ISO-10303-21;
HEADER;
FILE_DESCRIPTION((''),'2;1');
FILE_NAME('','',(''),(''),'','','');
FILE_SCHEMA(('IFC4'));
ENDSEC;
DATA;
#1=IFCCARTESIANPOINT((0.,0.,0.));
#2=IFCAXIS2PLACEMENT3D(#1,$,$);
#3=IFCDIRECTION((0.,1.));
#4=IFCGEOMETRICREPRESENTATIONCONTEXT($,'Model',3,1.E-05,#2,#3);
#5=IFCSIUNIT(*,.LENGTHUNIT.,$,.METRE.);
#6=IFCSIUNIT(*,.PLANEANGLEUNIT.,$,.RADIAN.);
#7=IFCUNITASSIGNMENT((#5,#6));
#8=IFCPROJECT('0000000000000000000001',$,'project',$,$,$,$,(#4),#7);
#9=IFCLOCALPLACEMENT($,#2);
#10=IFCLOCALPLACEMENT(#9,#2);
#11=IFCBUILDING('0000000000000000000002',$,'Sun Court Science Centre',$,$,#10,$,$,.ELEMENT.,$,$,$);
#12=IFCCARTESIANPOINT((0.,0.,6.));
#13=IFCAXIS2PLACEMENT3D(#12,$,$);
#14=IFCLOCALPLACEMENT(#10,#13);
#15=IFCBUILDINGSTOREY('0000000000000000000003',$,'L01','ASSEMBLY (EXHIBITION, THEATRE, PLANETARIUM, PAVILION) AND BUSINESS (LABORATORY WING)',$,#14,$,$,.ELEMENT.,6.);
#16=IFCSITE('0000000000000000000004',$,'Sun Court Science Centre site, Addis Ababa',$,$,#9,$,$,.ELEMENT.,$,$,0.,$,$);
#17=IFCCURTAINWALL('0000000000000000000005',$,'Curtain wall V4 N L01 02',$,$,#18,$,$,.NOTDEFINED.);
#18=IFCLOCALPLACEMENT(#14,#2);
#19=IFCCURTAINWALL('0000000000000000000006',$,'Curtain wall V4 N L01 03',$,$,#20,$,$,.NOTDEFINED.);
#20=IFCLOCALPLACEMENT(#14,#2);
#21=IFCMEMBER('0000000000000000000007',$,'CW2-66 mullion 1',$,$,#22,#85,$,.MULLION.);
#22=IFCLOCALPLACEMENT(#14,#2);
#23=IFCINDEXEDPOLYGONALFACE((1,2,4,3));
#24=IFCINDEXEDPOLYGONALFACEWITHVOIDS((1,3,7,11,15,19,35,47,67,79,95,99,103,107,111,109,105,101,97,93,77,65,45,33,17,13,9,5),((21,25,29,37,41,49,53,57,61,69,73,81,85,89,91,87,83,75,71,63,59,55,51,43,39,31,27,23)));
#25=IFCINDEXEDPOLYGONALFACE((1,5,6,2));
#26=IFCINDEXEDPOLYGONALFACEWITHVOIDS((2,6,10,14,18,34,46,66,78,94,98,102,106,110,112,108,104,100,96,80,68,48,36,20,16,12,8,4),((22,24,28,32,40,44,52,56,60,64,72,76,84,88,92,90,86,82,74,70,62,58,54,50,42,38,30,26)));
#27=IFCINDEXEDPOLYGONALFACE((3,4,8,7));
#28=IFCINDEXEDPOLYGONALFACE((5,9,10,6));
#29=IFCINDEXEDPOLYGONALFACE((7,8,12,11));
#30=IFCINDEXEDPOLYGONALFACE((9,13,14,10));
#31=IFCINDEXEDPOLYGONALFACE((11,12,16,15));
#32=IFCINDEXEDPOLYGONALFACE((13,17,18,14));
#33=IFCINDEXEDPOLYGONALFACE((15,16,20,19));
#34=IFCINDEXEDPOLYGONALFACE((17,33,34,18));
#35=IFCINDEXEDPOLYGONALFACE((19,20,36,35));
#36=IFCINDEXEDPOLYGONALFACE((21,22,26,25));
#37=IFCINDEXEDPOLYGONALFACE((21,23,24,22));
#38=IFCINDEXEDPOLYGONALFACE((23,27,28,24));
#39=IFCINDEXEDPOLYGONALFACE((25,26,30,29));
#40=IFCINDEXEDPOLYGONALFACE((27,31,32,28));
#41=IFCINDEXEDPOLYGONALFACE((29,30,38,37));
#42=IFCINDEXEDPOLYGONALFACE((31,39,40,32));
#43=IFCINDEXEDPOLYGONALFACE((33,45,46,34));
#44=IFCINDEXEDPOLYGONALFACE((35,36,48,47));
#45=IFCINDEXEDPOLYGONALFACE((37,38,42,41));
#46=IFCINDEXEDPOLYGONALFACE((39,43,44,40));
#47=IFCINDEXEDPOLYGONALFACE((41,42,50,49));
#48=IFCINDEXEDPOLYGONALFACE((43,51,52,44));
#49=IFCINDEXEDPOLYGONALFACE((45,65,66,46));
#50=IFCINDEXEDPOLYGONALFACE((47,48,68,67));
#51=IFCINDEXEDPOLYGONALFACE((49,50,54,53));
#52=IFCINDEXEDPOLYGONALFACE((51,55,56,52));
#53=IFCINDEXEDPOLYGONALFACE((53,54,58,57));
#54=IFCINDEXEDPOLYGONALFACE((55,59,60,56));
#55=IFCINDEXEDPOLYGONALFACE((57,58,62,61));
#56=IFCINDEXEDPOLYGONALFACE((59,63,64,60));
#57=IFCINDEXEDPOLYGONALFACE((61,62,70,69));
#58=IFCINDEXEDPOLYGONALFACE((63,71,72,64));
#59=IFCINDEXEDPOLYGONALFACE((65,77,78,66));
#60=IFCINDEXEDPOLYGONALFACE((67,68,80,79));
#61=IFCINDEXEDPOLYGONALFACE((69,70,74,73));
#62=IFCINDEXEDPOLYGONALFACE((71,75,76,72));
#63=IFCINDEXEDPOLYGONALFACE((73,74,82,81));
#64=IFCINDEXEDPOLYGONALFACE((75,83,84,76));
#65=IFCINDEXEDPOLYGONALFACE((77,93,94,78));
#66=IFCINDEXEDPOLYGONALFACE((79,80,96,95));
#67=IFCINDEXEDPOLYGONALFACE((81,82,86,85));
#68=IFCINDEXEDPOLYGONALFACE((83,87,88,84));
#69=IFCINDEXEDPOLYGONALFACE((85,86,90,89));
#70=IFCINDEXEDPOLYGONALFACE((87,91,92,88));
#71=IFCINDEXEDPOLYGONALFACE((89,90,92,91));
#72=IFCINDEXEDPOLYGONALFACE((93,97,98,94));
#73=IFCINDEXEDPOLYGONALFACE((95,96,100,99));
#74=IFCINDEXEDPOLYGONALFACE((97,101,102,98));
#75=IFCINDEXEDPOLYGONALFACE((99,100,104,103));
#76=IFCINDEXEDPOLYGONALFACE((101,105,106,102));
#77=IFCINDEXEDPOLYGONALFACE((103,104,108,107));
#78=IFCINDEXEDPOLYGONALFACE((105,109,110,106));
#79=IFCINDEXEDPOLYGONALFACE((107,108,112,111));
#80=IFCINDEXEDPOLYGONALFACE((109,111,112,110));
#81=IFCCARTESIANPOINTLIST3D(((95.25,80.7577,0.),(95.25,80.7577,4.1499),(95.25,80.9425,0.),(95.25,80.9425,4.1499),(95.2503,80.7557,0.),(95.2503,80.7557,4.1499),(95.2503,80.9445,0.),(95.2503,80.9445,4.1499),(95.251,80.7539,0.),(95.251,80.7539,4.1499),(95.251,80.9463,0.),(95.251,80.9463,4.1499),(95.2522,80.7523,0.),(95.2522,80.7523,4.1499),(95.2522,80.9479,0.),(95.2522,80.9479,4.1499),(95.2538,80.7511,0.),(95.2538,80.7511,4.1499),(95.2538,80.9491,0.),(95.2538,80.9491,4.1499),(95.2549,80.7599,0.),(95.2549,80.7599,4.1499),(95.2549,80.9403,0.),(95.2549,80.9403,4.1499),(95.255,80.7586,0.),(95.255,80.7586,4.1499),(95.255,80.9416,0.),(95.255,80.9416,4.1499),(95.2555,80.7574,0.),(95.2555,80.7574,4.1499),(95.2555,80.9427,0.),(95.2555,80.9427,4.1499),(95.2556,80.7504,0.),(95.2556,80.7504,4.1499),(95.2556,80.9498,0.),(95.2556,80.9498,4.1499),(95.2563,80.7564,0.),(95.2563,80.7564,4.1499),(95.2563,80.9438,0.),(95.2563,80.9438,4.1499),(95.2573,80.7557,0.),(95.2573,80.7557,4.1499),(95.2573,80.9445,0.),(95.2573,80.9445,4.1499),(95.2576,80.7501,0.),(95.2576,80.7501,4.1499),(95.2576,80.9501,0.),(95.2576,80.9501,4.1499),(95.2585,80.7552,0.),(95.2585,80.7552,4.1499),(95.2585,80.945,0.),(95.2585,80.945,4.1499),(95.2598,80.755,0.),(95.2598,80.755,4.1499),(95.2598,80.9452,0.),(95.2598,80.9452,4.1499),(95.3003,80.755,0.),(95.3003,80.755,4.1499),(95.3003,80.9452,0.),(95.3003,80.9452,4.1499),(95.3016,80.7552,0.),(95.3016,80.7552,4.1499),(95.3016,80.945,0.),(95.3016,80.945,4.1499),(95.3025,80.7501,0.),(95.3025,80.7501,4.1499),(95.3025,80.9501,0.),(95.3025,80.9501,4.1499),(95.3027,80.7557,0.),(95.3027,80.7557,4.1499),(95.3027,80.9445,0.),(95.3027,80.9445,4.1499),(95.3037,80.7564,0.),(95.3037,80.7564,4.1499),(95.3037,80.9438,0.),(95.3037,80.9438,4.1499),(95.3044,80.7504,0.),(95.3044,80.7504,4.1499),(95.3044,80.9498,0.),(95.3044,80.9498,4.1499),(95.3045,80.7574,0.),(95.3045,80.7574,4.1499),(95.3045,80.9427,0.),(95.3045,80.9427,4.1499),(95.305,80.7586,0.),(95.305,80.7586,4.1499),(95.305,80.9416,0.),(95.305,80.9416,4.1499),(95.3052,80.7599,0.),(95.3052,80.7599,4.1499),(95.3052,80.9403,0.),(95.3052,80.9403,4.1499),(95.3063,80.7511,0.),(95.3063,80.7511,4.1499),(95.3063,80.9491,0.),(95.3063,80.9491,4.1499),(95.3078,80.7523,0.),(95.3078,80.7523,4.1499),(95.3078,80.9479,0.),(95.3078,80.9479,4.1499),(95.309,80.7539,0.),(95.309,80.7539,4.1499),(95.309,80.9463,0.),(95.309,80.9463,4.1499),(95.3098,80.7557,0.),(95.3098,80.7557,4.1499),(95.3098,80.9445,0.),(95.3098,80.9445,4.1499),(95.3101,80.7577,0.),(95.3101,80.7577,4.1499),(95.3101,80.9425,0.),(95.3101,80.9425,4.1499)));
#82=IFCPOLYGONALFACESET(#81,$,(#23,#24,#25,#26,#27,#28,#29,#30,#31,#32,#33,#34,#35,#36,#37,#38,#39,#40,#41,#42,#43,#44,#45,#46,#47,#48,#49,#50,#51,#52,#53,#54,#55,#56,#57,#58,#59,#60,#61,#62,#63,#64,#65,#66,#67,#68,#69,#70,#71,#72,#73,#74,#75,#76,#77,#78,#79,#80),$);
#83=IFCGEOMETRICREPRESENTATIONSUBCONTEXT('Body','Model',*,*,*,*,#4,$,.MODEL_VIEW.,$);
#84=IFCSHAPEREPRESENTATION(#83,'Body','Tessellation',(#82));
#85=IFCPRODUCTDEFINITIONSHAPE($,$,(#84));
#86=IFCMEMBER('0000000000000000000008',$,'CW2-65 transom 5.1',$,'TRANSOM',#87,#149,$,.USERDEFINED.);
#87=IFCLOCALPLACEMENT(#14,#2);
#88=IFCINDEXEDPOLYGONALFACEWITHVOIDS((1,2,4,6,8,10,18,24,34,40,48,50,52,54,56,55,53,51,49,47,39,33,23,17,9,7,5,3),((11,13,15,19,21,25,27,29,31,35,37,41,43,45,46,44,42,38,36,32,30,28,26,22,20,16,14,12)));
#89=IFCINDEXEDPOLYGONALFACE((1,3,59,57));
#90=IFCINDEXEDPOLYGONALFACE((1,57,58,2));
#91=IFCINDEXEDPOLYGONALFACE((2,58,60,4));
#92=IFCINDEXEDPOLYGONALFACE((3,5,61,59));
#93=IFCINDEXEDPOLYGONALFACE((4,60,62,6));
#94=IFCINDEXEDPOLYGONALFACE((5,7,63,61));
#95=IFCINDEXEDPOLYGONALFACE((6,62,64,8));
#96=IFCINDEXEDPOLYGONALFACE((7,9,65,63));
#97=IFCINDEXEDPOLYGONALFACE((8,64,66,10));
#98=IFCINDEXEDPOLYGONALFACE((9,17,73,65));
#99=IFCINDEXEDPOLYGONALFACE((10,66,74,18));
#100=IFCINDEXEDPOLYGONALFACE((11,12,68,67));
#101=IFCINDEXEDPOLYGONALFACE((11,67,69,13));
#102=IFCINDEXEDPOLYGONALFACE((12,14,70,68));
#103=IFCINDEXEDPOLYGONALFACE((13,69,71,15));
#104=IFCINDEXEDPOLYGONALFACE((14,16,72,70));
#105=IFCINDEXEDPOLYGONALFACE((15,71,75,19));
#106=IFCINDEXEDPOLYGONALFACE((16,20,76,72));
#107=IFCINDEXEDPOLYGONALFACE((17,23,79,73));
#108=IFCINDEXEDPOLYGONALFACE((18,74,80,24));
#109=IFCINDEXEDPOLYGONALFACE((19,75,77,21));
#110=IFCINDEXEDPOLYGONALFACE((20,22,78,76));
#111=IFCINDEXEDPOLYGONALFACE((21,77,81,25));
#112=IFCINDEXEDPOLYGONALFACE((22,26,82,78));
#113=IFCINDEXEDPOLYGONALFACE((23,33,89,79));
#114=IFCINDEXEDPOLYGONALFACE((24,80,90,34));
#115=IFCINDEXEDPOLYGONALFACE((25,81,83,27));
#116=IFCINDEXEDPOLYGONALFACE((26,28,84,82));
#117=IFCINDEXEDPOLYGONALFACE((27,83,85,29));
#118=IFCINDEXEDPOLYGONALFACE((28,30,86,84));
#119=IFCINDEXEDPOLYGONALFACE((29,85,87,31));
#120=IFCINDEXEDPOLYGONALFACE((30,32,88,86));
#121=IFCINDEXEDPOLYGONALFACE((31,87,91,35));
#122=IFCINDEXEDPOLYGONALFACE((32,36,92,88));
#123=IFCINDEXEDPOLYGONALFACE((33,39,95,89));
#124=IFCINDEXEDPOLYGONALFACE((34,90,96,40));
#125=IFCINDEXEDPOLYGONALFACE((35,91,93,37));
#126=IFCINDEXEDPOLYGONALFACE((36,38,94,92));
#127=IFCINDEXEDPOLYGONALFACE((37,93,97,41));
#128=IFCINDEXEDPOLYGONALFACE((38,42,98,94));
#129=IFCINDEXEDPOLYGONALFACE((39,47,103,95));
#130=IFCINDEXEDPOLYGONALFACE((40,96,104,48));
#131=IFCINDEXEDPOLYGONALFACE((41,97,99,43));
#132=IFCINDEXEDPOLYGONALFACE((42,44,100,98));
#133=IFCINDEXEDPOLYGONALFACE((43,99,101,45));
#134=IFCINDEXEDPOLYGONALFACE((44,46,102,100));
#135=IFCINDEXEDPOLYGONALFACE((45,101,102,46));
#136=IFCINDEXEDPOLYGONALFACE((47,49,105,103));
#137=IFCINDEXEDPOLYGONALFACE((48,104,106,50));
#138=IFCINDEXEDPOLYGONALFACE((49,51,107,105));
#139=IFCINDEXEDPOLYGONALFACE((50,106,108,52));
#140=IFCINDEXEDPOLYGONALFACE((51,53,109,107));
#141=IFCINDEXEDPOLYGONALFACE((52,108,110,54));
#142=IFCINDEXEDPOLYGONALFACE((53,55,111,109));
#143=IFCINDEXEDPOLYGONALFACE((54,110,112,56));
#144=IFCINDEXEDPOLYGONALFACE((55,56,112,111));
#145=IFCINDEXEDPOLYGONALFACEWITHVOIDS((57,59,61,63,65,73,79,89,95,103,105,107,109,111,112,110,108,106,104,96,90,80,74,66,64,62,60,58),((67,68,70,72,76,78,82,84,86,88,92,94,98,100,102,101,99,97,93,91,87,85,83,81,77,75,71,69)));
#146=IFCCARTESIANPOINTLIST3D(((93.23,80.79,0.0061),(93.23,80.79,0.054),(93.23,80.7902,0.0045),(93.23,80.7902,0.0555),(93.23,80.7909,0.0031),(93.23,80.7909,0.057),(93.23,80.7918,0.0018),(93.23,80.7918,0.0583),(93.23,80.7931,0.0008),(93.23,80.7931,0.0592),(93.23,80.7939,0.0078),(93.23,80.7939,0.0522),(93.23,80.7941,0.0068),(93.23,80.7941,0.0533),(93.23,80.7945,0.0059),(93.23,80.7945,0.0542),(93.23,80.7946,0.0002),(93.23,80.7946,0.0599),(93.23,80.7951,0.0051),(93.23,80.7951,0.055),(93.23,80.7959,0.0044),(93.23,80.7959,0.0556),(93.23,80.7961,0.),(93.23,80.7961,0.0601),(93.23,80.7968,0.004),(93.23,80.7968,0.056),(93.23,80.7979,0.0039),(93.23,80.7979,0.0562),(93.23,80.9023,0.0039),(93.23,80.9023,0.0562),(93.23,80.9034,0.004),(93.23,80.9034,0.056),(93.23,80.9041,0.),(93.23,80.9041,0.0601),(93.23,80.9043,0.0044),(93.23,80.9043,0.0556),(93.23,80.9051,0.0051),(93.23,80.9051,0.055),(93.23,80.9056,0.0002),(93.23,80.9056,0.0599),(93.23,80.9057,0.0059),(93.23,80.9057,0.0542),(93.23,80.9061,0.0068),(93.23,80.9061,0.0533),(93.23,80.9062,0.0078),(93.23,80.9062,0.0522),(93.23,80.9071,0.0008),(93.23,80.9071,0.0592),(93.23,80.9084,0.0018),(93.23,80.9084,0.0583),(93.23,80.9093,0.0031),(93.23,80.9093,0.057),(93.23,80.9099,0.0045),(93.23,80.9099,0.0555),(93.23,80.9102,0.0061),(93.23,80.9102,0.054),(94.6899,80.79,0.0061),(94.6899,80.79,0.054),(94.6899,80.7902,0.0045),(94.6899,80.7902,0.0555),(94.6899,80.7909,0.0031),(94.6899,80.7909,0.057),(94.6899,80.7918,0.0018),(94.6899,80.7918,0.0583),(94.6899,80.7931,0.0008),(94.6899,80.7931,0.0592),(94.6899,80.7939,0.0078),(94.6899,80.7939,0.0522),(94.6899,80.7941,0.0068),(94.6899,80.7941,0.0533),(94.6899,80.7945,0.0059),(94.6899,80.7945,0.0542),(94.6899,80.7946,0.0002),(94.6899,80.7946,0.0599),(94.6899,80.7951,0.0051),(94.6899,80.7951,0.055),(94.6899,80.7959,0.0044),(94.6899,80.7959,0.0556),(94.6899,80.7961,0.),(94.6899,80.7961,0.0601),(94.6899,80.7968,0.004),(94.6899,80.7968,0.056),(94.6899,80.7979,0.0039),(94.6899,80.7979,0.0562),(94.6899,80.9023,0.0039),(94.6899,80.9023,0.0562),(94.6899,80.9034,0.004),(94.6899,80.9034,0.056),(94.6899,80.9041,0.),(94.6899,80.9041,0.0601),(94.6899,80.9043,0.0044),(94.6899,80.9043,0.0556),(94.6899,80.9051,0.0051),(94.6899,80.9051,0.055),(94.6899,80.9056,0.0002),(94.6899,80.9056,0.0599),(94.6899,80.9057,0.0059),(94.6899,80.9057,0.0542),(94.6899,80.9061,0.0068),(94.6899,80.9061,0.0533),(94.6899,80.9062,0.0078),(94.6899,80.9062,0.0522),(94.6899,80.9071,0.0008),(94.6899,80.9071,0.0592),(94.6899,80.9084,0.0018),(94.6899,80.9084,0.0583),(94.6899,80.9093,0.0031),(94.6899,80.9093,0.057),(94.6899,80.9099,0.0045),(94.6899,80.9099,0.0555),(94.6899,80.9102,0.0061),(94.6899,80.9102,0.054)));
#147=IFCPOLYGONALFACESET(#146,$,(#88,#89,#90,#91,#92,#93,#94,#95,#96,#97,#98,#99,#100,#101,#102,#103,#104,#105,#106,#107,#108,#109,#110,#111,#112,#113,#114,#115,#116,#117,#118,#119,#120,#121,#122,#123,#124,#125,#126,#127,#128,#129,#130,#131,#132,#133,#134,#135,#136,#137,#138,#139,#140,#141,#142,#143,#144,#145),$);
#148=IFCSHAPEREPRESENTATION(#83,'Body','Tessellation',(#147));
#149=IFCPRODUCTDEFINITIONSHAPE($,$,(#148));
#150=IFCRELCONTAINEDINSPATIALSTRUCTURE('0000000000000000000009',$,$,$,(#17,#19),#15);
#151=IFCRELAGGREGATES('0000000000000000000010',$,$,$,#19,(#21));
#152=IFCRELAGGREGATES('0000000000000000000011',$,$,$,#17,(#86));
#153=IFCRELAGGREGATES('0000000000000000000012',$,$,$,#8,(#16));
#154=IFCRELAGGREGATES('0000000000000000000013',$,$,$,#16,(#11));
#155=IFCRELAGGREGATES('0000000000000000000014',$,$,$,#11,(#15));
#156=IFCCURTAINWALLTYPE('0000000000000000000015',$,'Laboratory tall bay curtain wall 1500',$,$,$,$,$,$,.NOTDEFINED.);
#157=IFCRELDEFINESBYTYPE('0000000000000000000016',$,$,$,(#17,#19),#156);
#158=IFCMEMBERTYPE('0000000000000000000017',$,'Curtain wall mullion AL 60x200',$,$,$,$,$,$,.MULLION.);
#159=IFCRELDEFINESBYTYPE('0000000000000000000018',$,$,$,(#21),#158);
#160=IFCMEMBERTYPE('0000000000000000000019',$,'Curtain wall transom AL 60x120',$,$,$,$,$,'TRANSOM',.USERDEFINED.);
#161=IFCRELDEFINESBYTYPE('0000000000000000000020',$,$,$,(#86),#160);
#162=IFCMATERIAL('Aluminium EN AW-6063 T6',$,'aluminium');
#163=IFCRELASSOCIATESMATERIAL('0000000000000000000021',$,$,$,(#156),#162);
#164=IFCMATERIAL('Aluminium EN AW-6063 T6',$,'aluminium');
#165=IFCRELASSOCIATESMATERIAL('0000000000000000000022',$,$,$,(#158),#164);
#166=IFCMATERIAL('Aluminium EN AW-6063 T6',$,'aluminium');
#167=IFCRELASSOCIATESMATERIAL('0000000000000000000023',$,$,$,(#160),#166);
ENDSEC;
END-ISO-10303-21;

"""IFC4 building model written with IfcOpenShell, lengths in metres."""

from ifc_helpers import new_model, si_unit, direction, frame, origin, origin_2d, place, context, subcontext, project, spatial, hollow_rectangle, extrude, material, material_profile, profile_set, type_object, element, aggregate, save


model = new_model("IFC4")

# Units and contexts
model_context = context("Model", 3, precision=1e-05, world=origin(), true_north=direction((0.0, 1.0)))
body_context = subcontext(model_context, "Body", "Model", "MODEL_VIEW")
ifc_project = project(units=[si_unit("LENGTHUNIT", "METRE"), si_unit("PLANEANGLEUNIT", "RADIAN")], contexts=[model_context])

# Site, building, storey
site_placement = place(None, origin())
site = spatial("IfcSite", under=ifc_project, at=site_placement, Name="Sun Court Science Centre site, Addis Ababa", CompositionType="ELEMENT", RefElevation=0.0)
building_placement = place(site_placement, origin())
building = spatial("IfcBuilding", under=site, at=building_placement, Name="Sun Court Science Centre", CompositionType="ELEMENT")
storey_placement = place(building_placement, frame((0.0, 0.0, 6.0)))
storey = spatial("IfcBuildingStorey", under=building, at=storey_placement, Name="L01", Description="ASSEMBLY (EXHIBITION, THEATRE, PLANETARIUM, PAVILION) AND BUSINESS (LABORATORY WING)", CompositionType="ELEMENT", Elevation=6.0)

# Curtain wall
ifc_material_1 = material(Name="Aluminium EN AW-6063 T6", Category="aluminium")
curtain_wall_type = type_object("IfcCurtainWallType", Name="Laboratory tall bay curtain wall 1500", PredefinedType="NOTDEFINED", material=ifc_material_1)
curtain_wall_1_placement = place(storey_placement, origin())
curtain_wall_1 = element("IfcCurtainWall", 1, at=curtain_wall_1_placement, inside=storey, type_object=curtain_wall_type, Name="Curtain wall V4 N L01 02", PredefinedType="NOTDEFINED")
ifc_material_2 = material(Name="Aluminium EN AW-6063 T6", Category="aluminium")
ifc_material_profile_1 = material_profile(ifc_material_2, hollow_rectangle(XDim=0.0601, YDim=0.2, WallThickness=0.0049, InnerFilletRadius=0.0049, OuterFilletRadius=0.0076, at=origin_2d()), Name="AL 60x200x5")
ifc_profile_set_1 = profile_set([ifc_material_profile_1], Name="Aluminium EN AW-6063 T6")
member_type_1 = type_object("IfcMemberType", Name="Curtain wall mullion AL 60x200", PredefinedType="MULLION", material=ifc_profile_set_1)

# Curtain wall, member
curtain_wall_2_placement = place(storey_placement, origin())
curtain_wall_2 = element("IfcCurtainWall", 2, at=curtain_wall_2_placement, inside=storey, type_object=curtain_wall_type, Name="Curtain wall V4 N L01 03", PredefinedType="NOTDEFINED")
member_1_placement = place(storey_placement, frame((95.28, 80.8501, 0.0), z_axis=(0.0, 0.0, 1.0), x_axis=(1.0, 0.0, 0.0)))
member_1 = element("IfcMember", 3, at=member_1_placement, type_object=member_type_1, Name="CW2-66 mullion 1", PredefinedType="MULLION", context=body_context, shape_type="SweptSolid", body=[
    extrude(hollow_rectangle(XDim=0.0601, YDim=0.2, WallThickness=0.0049, InnerFilletRadius=0.0049, OuterFilletRadius=0.0076, at=origin_2d()), origin(), (0.0, 0.0, 1.0), 4.1499),
])

# Member
ifc_material_3 = material(Name="Aluminium EN AW-6063 T6", Category="aluminium")
ifc_material_profile_2 = material_profile(ifc_material_3, hollow_rectangle(XDim=0.0601, YDim=0.1201, WallThickness=0.0039, InnerFilletRadius=0.0039, OuterFilletRadius=0.0061, at=origin_2d()), Name="AL 60x120x4")
ifc_profile_set_2 = profile_set([ifc_material_profile_2], Name="Aluminium EN AW-6063 T6")
member_type_2 = type_object("IfcMemberType", Name="Curtain wall transom AL 60x120", ElementType="TRANSOM", PredefinedType="USERDEFINED", material=ifc_profile_set_2)
member_2_placement = place(storey_placement, frame((93.23, 80.8501, 0.03), z_axis=(1.0, 0.0, 0.0), x_axis=(0.0, 0.0, 1.0)))
member_2 = element("IfcMember", 4, at=member_2_placement, type_object=member_type_2, Name="CW2-65 transom 5.1", ObjectType="TRANSOM", PredefinedType="USERDEFINED", context=body_context, shape_type="SweptSolid", body=[
    extrude(hollow_rectangle(XDim=0.0601, YDim=0.1201, WallThickness=0.0039, InnerFilletRadius=0.0039, OuterFilletRadius=0.0061, at=origin_2d()), origin(), (0.0, 0.0, 1.0), 1.46),
])
aggregate(curtain_wall_2, [member_1])

aggregate(curtain_wall_1, [member_2])

save(model, "model.ifc")
